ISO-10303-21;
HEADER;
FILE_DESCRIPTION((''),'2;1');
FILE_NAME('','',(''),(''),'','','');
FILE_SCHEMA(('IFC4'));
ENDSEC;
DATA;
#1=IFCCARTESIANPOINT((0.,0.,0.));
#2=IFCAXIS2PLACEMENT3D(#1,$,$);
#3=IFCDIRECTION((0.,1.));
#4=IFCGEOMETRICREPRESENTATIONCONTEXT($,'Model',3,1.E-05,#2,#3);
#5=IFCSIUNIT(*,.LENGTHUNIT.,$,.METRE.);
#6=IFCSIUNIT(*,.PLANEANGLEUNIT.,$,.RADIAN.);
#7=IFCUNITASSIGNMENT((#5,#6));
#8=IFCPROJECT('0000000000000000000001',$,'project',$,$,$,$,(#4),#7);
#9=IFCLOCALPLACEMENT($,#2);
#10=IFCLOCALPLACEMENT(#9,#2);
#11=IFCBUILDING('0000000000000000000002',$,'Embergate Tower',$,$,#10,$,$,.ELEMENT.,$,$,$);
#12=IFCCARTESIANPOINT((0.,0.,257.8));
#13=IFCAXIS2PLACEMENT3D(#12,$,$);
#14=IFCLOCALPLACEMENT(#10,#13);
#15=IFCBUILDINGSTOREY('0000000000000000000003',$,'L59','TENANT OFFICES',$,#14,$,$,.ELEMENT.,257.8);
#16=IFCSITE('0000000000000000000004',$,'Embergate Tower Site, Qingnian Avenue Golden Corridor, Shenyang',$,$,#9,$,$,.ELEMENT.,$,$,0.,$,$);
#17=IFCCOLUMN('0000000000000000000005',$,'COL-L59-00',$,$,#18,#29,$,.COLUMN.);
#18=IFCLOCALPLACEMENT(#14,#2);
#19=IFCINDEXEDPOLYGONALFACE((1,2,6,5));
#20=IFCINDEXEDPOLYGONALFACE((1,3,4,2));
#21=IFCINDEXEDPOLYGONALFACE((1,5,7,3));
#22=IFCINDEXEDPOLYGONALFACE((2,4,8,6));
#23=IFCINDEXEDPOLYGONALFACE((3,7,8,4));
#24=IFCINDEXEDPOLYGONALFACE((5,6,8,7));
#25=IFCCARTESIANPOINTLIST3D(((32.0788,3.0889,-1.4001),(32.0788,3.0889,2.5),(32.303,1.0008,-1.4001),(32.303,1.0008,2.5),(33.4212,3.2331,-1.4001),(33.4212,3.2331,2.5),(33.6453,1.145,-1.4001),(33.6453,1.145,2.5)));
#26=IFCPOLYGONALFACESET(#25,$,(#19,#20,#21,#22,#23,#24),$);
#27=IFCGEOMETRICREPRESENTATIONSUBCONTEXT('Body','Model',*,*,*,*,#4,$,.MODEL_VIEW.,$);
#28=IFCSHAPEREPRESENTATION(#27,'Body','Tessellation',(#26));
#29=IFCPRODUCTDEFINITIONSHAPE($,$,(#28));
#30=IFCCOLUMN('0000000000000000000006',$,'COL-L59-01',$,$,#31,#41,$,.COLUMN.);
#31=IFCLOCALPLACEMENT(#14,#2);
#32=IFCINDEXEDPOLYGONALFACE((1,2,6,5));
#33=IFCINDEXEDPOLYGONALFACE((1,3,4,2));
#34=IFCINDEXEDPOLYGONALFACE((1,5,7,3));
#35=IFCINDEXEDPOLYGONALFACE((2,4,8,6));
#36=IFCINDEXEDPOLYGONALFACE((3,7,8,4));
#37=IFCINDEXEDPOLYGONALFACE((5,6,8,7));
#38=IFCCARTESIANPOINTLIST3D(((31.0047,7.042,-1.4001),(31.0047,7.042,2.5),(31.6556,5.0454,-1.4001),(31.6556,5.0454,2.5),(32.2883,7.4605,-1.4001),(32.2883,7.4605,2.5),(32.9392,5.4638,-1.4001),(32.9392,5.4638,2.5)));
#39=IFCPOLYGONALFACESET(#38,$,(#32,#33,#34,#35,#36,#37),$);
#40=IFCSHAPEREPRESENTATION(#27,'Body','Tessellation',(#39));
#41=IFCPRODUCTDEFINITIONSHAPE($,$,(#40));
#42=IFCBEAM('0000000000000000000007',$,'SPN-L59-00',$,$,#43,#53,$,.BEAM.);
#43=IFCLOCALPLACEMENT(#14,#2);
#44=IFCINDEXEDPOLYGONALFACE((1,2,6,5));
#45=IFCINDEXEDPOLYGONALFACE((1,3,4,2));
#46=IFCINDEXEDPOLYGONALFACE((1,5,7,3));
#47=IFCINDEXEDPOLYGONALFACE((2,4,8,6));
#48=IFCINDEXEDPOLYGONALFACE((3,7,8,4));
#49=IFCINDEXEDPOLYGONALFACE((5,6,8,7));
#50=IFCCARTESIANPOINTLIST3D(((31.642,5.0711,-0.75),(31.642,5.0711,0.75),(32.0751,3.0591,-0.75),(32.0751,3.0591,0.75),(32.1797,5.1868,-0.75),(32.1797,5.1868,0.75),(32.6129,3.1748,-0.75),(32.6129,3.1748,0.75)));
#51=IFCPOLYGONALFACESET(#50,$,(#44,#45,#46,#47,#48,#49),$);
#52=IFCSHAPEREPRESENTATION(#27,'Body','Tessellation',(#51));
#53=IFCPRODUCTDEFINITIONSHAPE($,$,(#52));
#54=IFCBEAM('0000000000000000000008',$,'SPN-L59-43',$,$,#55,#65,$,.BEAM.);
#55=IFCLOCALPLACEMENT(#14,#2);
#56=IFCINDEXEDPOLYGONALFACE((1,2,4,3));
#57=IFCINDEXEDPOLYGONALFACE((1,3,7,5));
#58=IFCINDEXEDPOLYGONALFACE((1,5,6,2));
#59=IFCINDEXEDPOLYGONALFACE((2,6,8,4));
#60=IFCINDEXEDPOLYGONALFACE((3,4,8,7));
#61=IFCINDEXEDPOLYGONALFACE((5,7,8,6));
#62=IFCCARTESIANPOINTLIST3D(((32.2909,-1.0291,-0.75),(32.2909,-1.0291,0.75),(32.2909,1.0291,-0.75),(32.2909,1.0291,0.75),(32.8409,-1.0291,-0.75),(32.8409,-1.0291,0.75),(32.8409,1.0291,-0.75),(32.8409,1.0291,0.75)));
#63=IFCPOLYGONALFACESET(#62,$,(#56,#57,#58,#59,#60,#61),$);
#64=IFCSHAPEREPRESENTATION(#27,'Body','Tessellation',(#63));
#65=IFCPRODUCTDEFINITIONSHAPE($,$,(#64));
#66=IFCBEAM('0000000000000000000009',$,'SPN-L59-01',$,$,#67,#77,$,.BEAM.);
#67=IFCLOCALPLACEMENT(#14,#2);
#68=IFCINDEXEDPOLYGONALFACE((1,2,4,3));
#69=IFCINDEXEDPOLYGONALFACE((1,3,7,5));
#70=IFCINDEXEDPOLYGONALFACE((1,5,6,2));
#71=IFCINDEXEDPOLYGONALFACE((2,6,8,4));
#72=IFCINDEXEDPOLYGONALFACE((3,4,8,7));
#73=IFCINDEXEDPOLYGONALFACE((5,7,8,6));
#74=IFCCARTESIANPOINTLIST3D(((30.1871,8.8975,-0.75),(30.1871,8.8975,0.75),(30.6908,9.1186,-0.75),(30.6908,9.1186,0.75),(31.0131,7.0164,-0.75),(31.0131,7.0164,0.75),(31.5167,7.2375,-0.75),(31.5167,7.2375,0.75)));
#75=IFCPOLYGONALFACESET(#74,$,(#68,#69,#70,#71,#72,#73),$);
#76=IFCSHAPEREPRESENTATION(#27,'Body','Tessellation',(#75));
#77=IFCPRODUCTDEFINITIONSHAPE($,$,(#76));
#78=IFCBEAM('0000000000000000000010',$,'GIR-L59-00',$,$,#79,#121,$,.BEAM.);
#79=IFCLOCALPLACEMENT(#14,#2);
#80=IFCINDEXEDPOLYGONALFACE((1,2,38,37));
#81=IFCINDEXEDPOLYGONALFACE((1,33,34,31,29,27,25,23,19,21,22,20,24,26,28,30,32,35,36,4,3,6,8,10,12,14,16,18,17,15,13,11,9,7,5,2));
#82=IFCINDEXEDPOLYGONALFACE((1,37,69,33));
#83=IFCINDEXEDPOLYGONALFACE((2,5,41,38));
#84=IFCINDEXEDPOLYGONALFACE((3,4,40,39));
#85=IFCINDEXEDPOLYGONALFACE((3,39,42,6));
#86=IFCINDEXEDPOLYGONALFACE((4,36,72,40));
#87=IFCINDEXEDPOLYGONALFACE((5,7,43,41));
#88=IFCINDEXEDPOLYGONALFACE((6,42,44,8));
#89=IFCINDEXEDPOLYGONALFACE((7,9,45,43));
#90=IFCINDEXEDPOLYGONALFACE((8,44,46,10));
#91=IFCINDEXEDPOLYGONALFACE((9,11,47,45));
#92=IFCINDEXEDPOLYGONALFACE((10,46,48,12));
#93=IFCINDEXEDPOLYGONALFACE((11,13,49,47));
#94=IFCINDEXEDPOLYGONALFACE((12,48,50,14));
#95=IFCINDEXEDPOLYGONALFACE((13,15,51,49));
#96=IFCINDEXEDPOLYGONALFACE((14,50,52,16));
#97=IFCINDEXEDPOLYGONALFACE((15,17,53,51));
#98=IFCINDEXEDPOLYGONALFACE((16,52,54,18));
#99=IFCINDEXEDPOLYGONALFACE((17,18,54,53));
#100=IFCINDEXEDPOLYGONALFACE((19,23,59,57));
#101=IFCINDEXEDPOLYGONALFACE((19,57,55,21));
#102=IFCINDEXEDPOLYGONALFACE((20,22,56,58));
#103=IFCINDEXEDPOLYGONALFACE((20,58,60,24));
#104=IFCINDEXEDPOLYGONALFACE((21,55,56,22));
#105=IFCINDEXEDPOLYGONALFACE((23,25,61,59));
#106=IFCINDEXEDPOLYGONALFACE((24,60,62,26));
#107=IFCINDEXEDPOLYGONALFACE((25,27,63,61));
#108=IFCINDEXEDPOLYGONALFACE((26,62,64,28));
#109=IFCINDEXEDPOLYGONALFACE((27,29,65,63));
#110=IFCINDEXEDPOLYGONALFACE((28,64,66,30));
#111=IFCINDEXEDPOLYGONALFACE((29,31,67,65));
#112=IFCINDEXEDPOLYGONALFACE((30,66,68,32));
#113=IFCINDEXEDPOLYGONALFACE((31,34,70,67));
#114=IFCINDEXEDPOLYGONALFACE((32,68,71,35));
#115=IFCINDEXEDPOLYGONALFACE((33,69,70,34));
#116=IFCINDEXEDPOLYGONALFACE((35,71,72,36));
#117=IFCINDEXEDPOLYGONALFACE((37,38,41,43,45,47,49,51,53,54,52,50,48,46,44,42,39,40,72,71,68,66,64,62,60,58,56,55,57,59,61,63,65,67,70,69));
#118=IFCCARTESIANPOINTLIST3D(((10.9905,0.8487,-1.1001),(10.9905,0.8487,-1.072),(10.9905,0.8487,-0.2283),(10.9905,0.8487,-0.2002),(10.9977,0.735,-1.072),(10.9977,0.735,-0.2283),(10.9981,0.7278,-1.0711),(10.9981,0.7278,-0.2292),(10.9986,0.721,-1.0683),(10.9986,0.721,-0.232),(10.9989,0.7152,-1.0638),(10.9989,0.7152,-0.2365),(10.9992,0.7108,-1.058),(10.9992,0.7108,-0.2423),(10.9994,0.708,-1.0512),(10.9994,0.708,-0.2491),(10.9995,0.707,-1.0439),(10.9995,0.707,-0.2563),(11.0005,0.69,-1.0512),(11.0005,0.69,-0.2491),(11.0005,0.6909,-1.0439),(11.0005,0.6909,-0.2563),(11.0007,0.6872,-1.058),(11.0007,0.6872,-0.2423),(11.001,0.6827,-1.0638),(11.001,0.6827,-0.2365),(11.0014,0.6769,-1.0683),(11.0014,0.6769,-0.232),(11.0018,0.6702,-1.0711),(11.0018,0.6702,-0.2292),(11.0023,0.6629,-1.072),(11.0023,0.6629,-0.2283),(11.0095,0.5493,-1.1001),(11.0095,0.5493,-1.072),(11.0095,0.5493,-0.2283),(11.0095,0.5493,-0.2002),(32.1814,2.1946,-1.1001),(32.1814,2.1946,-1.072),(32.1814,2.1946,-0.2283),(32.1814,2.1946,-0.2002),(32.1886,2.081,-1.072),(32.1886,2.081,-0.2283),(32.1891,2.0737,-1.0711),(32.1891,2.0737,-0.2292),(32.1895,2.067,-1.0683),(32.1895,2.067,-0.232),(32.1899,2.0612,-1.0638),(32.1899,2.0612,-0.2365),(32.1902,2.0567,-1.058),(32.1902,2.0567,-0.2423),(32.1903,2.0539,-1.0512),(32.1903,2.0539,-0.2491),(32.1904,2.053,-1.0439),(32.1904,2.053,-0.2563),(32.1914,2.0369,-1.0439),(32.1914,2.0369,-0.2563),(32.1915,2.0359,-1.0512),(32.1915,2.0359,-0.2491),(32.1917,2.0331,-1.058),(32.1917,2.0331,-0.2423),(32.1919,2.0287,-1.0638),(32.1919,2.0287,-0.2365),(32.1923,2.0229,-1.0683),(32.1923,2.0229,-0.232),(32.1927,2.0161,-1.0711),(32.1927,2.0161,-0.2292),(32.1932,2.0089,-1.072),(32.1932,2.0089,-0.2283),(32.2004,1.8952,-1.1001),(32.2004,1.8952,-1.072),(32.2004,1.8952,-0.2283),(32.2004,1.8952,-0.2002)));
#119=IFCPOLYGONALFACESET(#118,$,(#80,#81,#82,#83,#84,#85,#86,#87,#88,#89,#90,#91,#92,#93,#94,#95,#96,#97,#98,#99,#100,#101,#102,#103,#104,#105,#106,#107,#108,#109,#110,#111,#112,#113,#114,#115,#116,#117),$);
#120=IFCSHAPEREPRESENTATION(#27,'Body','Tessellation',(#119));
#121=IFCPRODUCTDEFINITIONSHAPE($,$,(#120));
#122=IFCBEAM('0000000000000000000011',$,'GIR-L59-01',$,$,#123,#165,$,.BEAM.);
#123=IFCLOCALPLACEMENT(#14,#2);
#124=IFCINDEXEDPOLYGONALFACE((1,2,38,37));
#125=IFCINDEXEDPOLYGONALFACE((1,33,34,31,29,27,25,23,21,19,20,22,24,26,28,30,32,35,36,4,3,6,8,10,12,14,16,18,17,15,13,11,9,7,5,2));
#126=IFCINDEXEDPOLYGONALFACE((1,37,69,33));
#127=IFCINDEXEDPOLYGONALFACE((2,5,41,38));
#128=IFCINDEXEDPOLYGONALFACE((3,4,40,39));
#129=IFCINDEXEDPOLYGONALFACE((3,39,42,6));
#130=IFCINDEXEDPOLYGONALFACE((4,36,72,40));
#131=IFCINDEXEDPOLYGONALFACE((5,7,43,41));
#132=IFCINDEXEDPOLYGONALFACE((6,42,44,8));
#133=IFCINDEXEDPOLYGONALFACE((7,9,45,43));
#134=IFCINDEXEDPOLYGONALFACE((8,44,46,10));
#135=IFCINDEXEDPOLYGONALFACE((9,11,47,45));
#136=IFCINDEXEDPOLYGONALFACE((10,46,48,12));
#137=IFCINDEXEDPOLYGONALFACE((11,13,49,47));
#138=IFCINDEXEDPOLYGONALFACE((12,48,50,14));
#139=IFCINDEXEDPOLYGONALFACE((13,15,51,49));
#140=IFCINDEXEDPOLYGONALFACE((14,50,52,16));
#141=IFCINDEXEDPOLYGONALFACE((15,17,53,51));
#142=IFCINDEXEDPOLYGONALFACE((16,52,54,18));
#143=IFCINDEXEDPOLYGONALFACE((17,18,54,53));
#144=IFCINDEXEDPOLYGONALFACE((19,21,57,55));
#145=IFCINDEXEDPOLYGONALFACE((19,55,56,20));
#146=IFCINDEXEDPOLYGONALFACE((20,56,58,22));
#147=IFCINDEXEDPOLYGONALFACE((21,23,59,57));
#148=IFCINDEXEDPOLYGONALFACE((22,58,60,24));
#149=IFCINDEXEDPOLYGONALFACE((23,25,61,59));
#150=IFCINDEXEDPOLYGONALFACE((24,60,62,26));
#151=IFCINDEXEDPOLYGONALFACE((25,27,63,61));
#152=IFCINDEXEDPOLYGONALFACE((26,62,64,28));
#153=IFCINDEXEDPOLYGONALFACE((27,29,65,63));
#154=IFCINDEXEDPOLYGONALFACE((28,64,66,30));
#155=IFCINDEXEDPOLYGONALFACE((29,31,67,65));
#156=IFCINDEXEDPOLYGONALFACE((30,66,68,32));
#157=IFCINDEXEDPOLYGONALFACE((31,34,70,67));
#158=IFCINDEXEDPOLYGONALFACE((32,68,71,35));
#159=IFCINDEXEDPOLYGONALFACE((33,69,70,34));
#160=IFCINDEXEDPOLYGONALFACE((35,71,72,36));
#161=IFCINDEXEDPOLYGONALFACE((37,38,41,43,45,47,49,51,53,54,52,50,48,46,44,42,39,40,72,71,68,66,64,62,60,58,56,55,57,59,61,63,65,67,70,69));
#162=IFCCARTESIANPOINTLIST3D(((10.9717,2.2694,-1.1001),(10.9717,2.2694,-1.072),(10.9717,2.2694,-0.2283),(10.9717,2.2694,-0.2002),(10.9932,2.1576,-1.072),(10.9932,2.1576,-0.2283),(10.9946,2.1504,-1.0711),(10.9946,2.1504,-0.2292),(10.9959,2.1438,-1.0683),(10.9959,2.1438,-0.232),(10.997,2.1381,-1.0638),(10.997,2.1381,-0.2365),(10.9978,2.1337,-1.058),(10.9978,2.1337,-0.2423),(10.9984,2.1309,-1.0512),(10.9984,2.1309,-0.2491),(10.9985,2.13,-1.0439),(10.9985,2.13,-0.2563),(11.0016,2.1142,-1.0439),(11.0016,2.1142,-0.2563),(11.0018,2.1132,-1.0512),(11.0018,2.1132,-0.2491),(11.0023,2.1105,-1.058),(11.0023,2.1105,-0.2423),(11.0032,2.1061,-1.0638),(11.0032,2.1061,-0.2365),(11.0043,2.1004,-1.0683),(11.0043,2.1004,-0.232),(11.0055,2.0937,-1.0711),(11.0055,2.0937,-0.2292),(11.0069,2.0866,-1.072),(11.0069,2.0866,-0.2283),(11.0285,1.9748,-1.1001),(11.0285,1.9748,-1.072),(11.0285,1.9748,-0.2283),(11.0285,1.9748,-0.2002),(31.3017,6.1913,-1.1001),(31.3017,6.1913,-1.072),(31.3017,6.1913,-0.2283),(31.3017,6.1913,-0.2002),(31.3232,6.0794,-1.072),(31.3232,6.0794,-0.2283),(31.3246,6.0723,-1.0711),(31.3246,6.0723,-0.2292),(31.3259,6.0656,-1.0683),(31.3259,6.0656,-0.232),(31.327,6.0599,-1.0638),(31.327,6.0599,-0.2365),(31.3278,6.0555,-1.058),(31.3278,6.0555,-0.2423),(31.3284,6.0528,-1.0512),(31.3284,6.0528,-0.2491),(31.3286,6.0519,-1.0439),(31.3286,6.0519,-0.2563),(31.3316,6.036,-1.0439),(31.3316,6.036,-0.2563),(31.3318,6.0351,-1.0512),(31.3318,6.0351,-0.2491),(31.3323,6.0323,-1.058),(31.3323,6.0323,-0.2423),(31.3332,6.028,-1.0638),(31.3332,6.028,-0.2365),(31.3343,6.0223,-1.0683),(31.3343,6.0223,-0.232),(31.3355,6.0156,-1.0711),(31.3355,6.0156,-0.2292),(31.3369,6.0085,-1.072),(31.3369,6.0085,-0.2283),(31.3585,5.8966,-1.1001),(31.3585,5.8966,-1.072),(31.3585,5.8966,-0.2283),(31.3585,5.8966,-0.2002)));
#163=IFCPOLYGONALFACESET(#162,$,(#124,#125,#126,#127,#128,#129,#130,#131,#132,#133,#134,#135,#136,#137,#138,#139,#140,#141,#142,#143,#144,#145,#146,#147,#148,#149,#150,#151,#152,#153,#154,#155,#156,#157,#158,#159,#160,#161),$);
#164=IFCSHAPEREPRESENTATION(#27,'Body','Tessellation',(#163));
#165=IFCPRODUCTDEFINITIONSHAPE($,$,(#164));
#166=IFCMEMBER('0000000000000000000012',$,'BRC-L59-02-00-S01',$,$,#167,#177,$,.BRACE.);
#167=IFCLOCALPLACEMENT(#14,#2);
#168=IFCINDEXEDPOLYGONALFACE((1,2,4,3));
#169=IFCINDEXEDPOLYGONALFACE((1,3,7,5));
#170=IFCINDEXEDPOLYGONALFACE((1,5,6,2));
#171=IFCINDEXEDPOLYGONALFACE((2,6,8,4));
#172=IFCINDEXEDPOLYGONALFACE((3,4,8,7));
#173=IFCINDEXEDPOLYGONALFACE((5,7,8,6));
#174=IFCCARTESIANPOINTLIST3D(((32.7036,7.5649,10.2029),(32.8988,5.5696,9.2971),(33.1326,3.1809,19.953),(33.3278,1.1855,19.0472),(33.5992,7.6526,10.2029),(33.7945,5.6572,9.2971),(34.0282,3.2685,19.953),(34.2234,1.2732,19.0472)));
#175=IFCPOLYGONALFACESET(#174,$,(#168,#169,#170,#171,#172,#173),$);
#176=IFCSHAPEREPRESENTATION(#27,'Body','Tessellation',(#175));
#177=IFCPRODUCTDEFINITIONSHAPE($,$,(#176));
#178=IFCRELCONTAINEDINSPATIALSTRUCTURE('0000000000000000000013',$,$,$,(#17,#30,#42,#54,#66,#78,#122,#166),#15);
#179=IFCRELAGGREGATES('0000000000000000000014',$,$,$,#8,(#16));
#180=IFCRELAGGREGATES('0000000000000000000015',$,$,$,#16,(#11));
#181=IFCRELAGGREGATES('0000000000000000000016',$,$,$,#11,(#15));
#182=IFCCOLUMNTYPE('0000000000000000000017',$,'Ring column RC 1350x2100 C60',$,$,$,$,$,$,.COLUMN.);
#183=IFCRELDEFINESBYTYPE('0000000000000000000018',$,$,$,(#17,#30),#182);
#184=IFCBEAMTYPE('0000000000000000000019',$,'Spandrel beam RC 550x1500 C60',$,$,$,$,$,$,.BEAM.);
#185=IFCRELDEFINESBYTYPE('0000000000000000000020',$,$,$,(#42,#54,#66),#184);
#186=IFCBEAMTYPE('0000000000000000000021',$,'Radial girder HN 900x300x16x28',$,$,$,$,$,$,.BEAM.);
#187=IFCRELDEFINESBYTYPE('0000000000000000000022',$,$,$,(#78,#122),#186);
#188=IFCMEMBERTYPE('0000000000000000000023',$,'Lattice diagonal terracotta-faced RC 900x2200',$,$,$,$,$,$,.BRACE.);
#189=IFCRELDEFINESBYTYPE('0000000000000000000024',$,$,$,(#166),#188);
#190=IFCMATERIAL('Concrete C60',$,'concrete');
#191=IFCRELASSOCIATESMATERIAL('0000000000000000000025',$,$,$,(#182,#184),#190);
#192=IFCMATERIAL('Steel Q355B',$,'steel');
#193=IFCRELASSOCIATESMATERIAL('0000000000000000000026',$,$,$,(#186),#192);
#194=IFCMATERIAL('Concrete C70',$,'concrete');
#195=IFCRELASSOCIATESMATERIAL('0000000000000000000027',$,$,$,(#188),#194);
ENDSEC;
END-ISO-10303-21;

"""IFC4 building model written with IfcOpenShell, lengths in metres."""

from ifc_helpers import new_model, si_unit, direction, frame, origin, origin_2d, place, context, subcontext, project, spatial, rectangle, i_section, extrude, source, transform, mapped, material, material_profile, profile_set, type_object, element, save


model = new_model("IFC4")

# Units and contexts
model_context = context("Model", 3, precision=1e-05, world=origin(), true_north=direction((0.0, 1.0)))
body_context = subcontext(model_context, "Body", "Model", "MODEL_VIEW")
ifc_project = project(units=[si_unit("LENGTHUNIT", "METRE"), si_unit("PLANEANGLEUNIT", "RADIAN")], contexts=[model_context])

# Site, building, storey
site_placement = place(None, origin())
site = spatial("IfcSite", under=ifc_project, at=site_placement, Name="Embergate Tower Site, Qingnian Avenue Golden Corridor, Shenyang", CompositionType="ELEMENT", RefElevation=0.0)
building_placement = place(site_placement, origin())
building = spatial("IfcBuilding", under=site, at=building_placement, Name="Embergate Tower", CompositionType="ELEMENT")
storey_placement = place(building_placement, frame((0.0, 0.0, 257.8)))
storey = spatial("IfcBuildingStorey", under=building, at=storey_placement, Name="L59", Description="TENANT OFFICES", CompositionType="ELEMENT", Elevation=257.8)

# Columns
ifc_material_1 = material(Name="Concrete C60", Category="concrete")
ifc_material_profile_1 = material_profile(ifc_material_1, rectangle(XDim=1.3501, YDim=2.1001, at=origin_2d()), Name="RC 1350x2100")
ifc_profile_set_1 = profile_set([ifc_material_profile_1], Name="Concrete C60")
column_type = type_object("IfcColumnType", Name="Ring column RC 1350x2100 C60", PredefinedType="COLUMN", material=ifc_profile_set_1)
shared_shape_1 = source(origin(), body_context, "Body", "SweptSolid", [
    extrude(rectangle(XDim=1.3501, YDim=2.1001, at=origin_2d()), origin(), (0.0, 0.0, 1.0), 3.9001),
])
for number, where, z_axis, x_axis, name in (
    (1, (32.8621, 2.1169, -1.4001), (0.0, 0.0, 1.0), (0.994286, 0.10675, 0.0), "COL-L59-00"),
    (2, (31.9719, 6.2529, -1.4001), (0.0, 0.0, 1.0), (0.950754, 0.309946, 0.0), "COL-L59-01"),
):
    element("IfcColumn", number, at=place(storey_placement, frame(where, z_axis=z_axis, x_axis=x_axis)), inside=storey, type_object=column_type, Name=name, PredefinedType="COLUMN", context=body_context, shape_type="MappedRepresentation", body=[
        mapped(shared_shape_1, transform((0.0, 0.0, 0.0))),
    ])

# Beams
ifc_material_profile_2 = material_profile(ifc_material_1, rectangle(XDim=0.55, YDim=1.5, at=origin_2d()), Name="RC 550x1500")
ifc_profile_set_2 = profile_set([ifc_material_profile_2], Name="Concrete C60")
beam_type_1 = type_object("IfcBeamType", Name="Spandrel beam RC 550x1500 C60", PredefinedType="BEAM", material=ifc_profile_set_2)
shared_shape_2 = source(origin(), body_context, "Body", "SweptSolid", [
    extrude(rectangle(XDim=0.55, YDim=1.5, at=origin_2d()), origin(), (0.0, 0.0, 1.0), 2.0581),
])
for number, where, z_axis, x_axis, name in (
    (3, (32.344, 3.1169, 0.0), (-0.210444, 0.977606, 0.0), (-0.977606, -0.210444, 0.0), "SPN-L59-00"),
    (4, (32.5659, -1.0291, 0.0), (0.0, 1.0, 0.0), (-1.0, 0.0, 0.0), "SPN-L59-43"),
):
    element("IfcBeam", number, at=place(storey_placement, frame(where, z_axis=z_axis, x_axis=x_axis)), inside=storey, type_object=beam_type_1, Name=name, PredefinedType="BEAM", context=body_context, shape_type="MappedRepresentation", body=[
        mapped(shared_shape_2, transform((0.0, 0.0, 0.0))),
    ])
shared_shape_3 = source(origin(), body_context, "Body", "SweptSolid", [
    extrude(rectangle(XDim=0.55, YDim=1.5, at=origin_2d()), origin(), (0.0, 0.0, 1.0), 2.0544),
])
beam_1_placement = place(storey_placement, frame((31.2649, 7.127, 0.0), z_axis=(-0.402022, 0.91563, 0.0), x_axis=(-0.91563, -0.402022, 0.0)))
element("IfcBeam", 5, at=beam_1_placement, inside=storey, type_object=beam_type_1, Name="SPN-L59-01", PredefinedType="BEAM", context=body_context, shape_type="MappedRepresentation", body=[
    mapped(shared_shape_3, transform((0.0, 0.0, 0.0))),
])
ifc_material_2 = material(Name="Steel Q355B", Category="steel")
ifc_material_profile_3 = material_profile(ifc_material_2, i_section(OverallWidth=0.3, OverallDepth=0.8999, WebThickness=0.0161, FlangeThickness=0.0281, FilletRadius=0.0281, at=origin_2d()), Name="HN 900x300x16x28")
ifc_profile_set_3 = profile_set([ifc_material_profile_3], Name="Steel Q355 grade B")
beam_type_2 = type_object("IfcBeamType", Name="Radial girder HN 900x300x16x28", PredefinedType="BEAM", material=ifc_profile_set_3)
shared_shape_4 = source(origin(), body_context, "Body", "SweptSolid", [
    extrude(i_section(OverallWidth=0.3, OverallDepth=0.8999, WebThickness=0.0161, FlangeThickness=0.0281, FilletRadius=0.0281, at=origin_2d()), origin(), (0.0, 0.0, 1.0), 21.2336),
])
beam_2_placement = place(storey_placement, frame((32.1909, 2.0449, -0.6501), z_axis=(-0.997989, -0.063388, 0.0), x_axis=(0.063388, -0.997989, 0.0)))
element("IfcBeam", 6, at=beam_2_placement, inside=storey, type_object=beam_type_2, Name="GIR-L59-00", PredefinedType="BEAM", context=body_context, shape_type="MappedRepresentation", body=[
    mapped(shared_shape_4, transform((0.0, 0.0, 0.0))),
])
shared_shape_5 = source(origin(), body_context, "Body", "SweptSolid", [
    extrude(i_section(OverallWidth=0.3, OverallDepth=0.8999, WebThickness=0.0161, FlangeThickness=0.0281, FilletRadius=0.0281, at=origin_2d()), origin(), (0.0, 0.0, 1.0), 20.7048),
])
beam_3_placement = place(storey_placement, frame((31.3301, 6.0439, -0.6501), z_axis=(-0.981897, -0.189418, 0.0), x_axis=(0.189418, -0.981897, 0.0)))
element("IfcBeam", 7, at=beam_3_placement, inside=storey, type_object=beam_type_2, Name="GIR-L59-01", PredefinedType="BEAM", context=body_context, shape_type="MappedRepresentation", body=[
    mapped(shared_shape_5, transform((0.0, 0.0, 0.0))),
])

# Member
ifc_material_3 = material(Name="Concrete C70", Category="concrete")
ifc_material_profile_4 = material_profile(ifc_material_3, rectangle(XDim=0.8999, YDim=2.2, at=origin_2d()), Name="RC 900x2200")
ifc_profile_set_4 = profile_set([ifc_material_profile_4], Name="Concrete C70")
member_type_1 = type_object("IfcMemberType", Name="Lattice diagonal terracotta-faced RC 900x2200", PredefinedType="BRACE", material=ifc_profile_set_4)
shared_shape_6 = source(origin(), body_context, "Body", "SweptSolid", [
    extrude(rectangle(XDim=0.8999, YDim=2.2, at=origin_2d()), origin(), (0.0, 0.0, 1.0), 10.699),
])
member_1_placement = place(storey_placement, frame((33.249, 6.6111, 9.75), z_axis=(0.040093, -0.409765, 0.911309), x_axis=(0.995247, 0.09738, 0.0)))
element("IfcMember", 8, at=member_1_placement, inside=storey, type_object=member_type_1, Name="BRC-L59-02-00-S01", PredefinedType="BRACE", context=body_context, shape_type="MappedRepresentation", body=[
    mapped(shared_shape_6, transform((0.0, 0.0, 0.0))),
])

save(model, "model.ifc")
